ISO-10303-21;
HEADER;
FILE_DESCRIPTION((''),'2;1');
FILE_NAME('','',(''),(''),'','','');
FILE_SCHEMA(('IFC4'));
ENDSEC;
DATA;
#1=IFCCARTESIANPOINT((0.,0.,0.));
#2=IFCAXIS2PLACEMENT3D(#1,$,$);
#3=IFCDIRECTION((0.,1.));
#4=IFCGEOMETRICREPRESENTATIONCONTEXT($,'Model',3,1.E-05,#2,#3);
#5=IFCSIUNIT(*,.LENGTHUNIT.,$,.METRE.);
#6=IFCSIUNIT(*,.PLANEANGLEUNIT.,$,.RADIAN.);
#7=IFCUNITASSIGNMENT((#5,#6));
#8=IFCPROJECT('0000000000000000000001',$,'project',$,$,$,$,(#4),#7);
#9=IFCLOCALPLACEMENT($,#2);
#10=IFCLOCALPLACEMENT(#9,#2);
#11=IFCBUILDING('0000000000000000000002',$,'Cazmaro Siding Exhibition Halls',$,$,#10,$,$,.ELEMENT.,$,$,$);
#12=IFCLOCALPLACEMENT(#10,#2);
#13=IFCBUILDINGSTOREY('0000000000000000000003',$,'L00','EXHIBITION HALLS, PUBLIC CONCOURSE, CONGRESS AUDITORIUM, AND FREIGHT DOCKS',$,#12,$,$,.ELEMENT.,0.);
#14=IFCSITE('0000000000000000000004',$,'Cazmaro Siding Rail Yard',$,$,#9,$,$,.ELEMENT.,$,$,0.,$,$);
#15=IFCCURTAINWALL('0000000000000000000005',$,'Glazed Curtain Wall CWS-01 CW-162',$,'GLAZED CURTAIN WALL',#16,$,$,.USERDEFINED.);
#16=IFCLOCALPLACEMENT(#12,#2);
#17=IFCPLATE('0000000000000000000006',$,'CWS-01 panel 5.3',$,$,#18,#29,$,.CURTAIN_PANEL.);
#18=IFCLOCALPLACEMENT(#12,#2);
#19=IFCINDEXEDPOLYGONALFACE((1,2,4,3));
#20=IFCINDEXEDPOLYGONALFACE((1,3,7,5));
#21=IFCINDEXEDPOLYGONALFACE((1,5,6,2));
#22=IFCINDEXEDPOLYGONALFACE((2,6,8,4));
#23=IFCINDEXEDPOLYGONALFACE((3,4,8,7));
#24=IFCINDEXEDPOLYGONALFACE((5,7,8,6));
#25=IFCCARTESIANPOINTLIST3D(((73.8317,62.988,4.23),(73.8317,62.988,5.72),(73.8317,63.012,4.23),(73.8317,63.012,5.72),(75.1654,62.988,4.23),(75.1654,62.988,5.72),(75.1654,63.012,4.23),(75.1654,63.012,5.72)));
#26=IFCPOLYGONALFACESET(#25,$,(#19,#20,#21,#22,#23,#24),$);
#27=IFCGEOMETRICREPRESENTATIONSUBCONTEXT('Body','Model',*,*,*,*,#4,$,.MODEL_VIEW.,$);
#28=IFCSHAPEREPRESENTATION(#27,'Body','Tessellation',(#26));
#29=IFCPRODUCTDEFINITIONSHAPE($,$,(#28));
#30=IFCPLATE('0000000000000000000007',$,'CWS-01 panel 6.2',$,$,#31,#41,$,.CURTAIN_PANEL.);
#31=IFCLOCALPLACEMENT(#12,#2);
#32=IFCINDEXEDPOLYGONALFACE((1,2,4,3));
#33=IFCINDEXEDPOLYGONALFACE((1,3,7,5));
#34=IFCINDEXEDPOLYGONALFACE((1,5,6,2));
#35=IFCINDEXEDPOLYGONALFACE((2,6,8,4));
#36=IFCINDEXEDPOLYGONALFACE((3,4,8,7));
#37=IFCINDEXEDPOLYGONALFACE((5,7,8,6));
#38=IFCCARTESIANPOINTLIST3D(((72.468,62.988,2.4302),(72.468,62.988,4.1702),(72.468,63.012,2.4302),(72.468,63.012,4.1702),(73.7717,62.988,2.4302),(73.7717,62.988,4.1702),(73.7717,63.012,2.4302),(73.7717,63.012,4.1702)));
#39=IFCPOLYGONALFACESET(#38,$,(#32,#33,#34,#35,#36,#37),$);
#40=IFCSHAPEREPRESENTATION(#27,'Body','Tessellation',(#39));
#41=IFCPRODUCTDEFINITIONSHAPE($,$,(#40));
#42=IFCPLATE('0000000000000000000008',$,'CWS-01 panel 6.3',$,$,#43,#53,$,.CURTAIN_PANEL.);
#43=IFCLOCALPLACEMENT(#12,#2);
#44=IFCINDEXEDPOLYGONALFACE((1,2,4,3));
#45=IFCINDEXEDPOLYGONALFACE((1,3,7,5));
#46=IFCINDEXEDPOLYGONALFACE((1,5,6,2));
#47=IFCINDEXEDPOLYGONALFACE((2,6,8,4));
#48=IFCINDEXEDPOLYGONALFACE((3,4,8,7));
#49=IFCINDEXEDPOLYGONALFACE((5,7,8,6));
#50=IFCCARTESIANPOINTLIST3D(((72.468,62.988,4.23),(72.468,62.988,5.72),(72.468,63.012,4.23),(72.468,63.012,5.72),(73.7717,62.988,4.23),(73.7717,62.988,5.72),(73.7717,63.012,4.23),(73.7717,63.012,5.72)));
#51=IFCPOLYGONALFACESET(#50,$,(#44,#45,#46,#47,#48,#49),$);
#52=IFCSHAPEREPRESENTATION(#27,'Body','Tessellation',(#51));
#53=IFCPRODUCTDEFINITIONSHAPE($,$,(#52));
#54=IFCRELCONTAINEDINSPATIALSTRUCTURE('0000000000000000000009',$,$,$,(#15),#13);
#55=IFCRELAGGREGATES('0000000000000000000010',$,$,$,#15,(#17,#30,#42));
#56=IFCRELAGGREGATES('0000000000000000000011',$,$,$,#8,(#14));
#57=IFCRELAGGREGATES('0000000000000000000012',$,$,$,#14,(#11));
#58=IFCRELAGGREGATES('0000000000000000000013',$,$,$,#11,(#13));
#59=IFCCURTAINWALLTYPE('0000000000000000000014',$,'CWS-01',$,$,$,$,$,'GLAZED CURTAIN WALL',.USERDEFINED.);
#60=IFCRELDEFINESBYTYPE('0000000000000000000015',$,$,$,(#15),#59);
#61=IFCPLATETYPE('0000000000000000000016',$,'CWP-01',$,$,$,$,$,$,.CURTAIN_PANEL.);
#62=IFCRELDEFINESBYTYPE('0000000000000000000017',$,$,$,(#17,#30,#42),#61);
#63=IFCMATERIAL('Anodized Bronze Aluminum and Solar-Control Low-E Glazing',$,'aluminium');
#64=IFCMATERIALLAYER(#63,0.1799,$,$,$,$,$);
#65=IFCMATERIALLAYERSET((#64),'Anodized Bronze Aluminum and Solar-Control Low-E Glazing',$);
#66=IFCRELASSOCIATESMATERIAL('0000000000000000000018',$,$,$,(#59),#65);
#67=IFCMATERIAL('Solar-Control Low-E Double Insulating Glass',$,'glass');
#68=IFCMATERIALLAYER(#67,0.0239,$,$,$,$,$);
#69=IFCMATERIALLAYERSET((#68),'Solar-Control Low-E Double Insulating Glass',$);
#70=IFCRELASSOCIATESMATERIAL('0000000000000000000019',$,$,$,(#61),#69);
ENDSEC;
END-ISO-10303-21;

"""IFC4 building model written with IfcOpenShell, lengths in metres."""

from ifc_helpers import new_model, si_unit, direction, frame, origin, origin_2d, place, context, subcontext, project, spatial, rectangle, extrude, material, layer, layer_set, type_object, element, aggregate, save


model = new_model("IFC4")

# Units and contexts
model_context = context("Model", 3, precision=1e-05, world=origin(), true_north=direction((0.0, 1.0)))
body_context = subcontext(model_context, "Body", "Model", "MODEL_VIEW")
ifc_project = project(units=[si_unit("LENGTHUNIT", "METRE"), si_unit("PLANEANGLEUNIT", "RADIAN")], contexts=[model_context])

# Site, building, storey
site_placement = place(None, origin())
site = spatial("IfcSite", under=ifc_project, at=site_placement, Name="Cazmaro Siding Rail Yard", CompositionType="ELEMENT", RefElevation=0.0)
building_placement = place(site_placement, origin())
building = spatial("IfcBuilding", under=site, at=building_placement, Name="Cazmaro Siding Exhibition Halls", CompositionType="ELEMENT")
storey_placement = place(building_placement, origin())
storey = spatial("IfcBuildingStorey", under=building, at=storey_placement, Name="L00", Description="EXHIBITION HALLS, PUBLIC CONCOURSE, CONGRESS AUDITORIUM, AND FREIGHT DOCKS", CompositionType="ELEMENT", Elevation=0.0)

# Curtain wall, plates
ifc_material_1 = material(Name="Anodized Bronze Aluminum and Solar-Control Low-E Glazing", Category="aluminium")
ifc_layer_1 = layer(ifc_material_1, 0.1799)
ifc_layer_set_1 = layer_set([ifc_layer_1], Name="Anodized Bronze Aluminum and Solar-Control Low-E Glazing")
curtain_wall_type = type_object("IfcCurtainWallType", Name="CWS-01", ElementType="GLAZED CURTAIN WALL", PredefinedType="USERDEFINED", material=ifc_layer_set_1)
curtain_wall_placement = place(storey_placement, origin())
curtain_wall = element("IfcCurtainWall", 1, at=curtain_wall_placement, inside=storey, type_object=curtain_wall_type, Name="Glazed Curtain Wall CWS-01 CW-162", ObjectType="GLAZED CURTAIN WALL", PredefinedType="USERDEFINED")
ifc_material_2 = material(Name="Solar-Control Low-E Double Insulating Glass", Category="glass")
ifc_layer_2 = layer(ifc_material_2, 0.0239)
ifc_layer_set_2 = layer_set([ifc_layer_2], Name="Solar-Control Low-E Double Insulating Glass")
plate_type = type_object("IfcPlateType", Name="CWP-01", PredefinedType="CURTAIN_PANEL", material=ifc_layer_set_2)
plate_1_placement = place(storey_placement, frame((74.4985, 63.0, 4.23), z_axis=(0.0, 0.0, 1.0), x_axis=(-1.0, 0.0, 0.0)))
plate_1 = element("IfcPlate", 2, at=plate_1_placement, type_object=plate_type, Name="CWS-01 panel 5.3", PredefinedType="CURTAIN_PANEL", context=body_context, shape_type="SweptSolid", body=[
    extrude(rectangle(XDim=1.3337, YDim=0.0239, at=origin_2d()), origin(), (0.0, 0.0, 1.0), 1.49),
])
plate_2_placement = place(storey_placement, frame((73.1199, 63.0, 2.4302), z_axis=(0.0, 0.0, 1.0), x_axis=(-1.0, 0.0, 0.0)))
plate_2 = element("IfcPlate", 3, at=plate_2_placement, type_object=plate_type, Name="CWS-01 panel 6.2", PredefinedType="CURTAIN_PANEL", context=body_context, shape_type="SweptSolid", body=[
    extrude(rectangle(XDim=1.3037, YDim=0.0239, at=origin_2d()), origin(), (0.0, 0.0, 1.0), 1.74),
])
plate_3_placement = place(storey_placement, frame((73.1199, 63.0, 4.23), z_axis=(0.0, 0.0, 1.0), x_axis=(-1.0, 0.0, 0.0)))
plate_3 = element("IfcPlate", 4, at=plate_3_placement, type_object=plate_type, Name="CWS-01 panel 6.3", PredefinedType="CURTAIN_PANEL", context=body_context, shape_type="SweptSolid", body=[
    extrude(rectangle(XDim=1.3037, YDim=0.0239, at=origin_2d()), origin(), (0.0, 0.0, 1.0), 1.49),
])
aggregate(curtain_wall, [plate_1, plate_2, plate_3])

save(model, "model.ifc")
